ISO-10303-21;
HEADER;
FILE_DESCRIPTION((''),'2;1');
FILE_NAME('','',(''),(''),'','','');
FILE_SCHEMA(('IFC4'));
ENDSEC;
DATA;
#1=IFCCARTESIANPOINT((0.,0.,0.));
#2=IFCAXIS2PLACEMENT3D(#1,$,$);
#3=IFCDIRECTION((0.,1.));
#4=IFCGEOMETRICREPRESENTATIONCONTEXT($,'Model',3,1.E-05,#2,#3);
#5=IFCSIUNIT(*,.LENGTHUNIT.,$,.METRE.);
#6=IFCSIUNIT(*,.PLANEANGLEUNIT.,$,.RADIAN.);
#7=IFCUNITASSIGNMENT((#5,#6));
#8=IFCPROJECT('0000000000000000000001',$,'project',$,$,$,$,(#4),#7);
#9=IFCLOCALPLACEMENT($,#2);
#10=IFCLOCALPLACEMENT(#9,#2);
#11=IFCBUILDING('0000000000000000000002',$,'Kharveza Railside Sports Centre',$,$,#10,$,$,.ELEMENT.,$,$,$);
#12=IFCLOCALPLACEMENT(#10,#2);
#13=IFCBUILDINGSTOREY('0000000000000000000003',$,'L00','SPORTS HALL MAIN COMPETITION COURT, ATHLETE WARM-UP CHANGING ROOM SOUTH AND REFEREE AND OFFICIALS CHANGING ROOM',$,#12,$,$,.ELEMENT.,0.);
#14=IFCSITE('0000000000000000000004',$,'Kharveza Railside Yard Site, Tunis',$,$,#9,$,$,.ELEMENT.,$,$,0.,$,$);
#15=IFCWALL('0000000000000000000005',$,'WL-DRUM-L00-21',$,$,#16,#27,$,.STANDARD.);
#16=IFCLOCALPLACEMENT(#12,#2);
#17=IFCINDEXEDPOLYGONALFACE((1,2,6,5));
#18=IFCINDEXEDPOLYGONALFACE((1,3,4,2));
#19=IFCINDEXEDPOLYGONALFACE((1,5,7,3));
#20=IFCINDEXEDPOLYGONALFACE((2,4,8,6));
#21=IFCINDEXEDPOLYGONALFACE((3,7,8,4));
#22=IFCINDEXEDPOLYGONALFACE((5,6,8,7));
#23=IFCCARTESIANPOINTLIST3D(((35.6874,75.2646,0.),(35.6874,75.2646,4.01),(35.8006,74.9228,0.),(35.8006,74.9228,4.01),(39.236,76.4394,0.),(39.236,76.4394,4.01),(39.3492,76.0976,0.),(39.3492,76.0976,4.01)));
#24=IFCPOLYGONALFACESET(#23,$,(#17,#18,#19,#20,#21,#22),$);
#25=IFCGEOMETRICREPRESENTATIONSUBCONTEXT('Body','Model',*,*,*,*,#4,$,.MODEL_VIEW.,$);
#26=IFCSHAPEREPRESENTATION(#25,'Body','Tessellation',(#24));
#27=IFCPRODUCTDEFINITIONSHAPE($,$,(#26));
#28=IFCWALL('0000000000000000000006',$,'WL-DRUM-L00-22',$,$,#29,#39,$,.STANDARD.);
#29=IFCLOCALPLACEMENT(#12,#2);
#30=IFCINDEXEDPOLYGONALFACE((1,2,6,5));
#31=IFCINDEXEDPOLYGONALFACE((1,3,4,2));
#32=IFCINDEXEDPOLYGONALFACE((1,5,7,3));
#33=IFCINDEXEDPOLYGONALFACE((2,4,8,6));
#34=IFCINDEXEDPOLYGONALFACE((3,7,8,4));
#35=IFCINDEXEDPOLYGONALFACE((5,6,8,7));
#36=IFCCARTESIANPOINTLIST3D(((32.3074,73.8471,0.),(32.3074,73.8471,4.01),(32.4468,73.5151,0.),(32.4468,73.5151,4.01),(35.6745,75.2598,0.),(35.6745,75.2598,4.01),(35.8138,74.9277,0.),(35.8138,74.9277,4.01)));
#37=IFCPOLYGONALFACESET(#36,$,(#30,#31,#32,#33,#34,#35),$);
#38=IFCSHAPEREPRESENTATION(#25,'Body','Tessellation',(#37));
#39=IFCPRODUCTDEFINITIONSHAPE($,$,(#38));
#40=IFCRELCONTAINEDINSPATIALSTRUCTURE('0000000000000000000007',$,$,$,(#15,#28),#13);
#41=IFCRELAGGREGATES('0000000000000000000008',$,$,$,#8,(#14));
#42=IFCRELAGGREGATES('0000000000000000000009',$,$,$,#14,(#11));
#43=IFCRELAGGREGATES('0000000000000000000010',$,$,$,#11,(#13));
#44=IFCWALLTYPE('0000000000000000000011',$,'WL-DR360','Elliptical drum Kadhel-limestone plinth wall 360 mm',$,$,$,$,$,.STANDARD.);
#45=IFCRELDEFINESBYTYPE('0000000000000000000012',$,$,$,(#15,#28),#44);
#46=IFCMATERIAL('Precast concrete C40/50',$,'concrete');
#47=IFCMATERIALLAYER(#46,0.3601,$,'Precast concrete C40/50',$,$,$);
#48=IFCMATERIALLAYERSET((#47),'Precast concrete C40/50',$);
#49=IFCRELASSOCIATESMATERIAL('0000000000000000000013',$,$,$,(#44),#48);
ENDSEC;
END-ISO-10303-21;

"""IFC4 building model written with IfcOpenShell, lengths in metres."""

from ifc_helpers import new_model, si_unit, direction, frame, frame_2d, origin, place, context, subcontext, project, spatial, rectangle, extrude, material, layer, layer_set, type_object, element, save


model = new_model("IFC4")

# Units and contexts
model_context = context("Model", 3, precision=1e-05, world=origin(), true_north=direction((0.0, 1.0)))
body_context = subcontext(model_context, "Body", "Model", "MODEL_VIEW")
ifc_project = project(units=[si_unit("LENGTHUNIT", "METRE"), si_unit("PLANEANGLEUNIT", "RADIAN")], contexts=[model_context])

# Site, building, storey
site_placement = place(None, origin())
site = spatial("IfcSite", under=ifc_project, at=site_placement, Name="Kharveza Railside Yard Site, Tunis", CompositionType="ELEMENT", RefElevation=0.0)
building_placement = place(site_placement, origin())
building = spatial("IfcBuilding", under=site, at=building_placement, Name="Kharveza Railside Sports Centre", CompositionType="ELEMENT")
storey_placement = place(building_placement, origin())
storey = spatial("IfcBuildingStorey", under=building, at=storey_placement, Name="L00", Description="SPORTS HALL MAIN COMPETITION COURT, ATHLETE WARM-UP CHANGING ROOM SOUTH AND REFEREE AND OFFICIALS CHANGING ROOM", CompositionType="ELEMENT", Elevation=0.0)

# Shared definitions
ifc_material_1 = material(Name="Precast concrete C40/50", Category="concrete")

# Shared definitions
ifc_layer = layer(ifc_material_1, 0.3601, Name="Precast concrete C40/50")
ifc_layer_set = layer_set([ifc_layer], Name="Precast concrete C40/50")
wall_type = type_object("IfcWallType", Name="WL-DR360", Description="Elliptical drum Kadhel-limestone plinth wall 360 mm", PredefinedType="STANDARD", material=ifc_layer_set)

# Walls
wall_1_placement = place(storey_placement, frame((39.2927, 76.2686, 0.0), z_axis=(0.0, 0.0, 1.0), x_axis=(-0.949328, -0.314287, 0.0)))
element("IfcWall", 1, at=wall_1_placement, inside=storey, type_object=wall_type, Name="WL-DRUM-L00-21", PredefinedType="STANDARD", context=body_context, shape_type="SweptSolid", body=[
    extrude(rectangle(XDim=3.738, YDim=0.3601, at=frame_2d((1.8691, 0.0))), origin(), (0.0, 0.0, 1.0), 4.01),
])
wall_2_placement = place(storey_placement, frame((35.7441, 75.0938, 0.0), z_axis=(0.0, 0.0, 1.0), x_axis=(-0.922131, -0.386879, 0.0)))
element("IfcWall", 2, at=wall_2_placement, inside=storey, type_object=wall_type, Name="WL-DRUM-L00-22", PredefinedType="STANDARD", context=body_context, shape_type="SweptSolid", body=[
    extrude(rectangle(XDim=3.6514, YDim=0.3601, at=frame_2d((1.8257, 0.0))), origin(), (0.0, 0.0, 1.0), 4.01),
])

save(model, "model.ifc")
